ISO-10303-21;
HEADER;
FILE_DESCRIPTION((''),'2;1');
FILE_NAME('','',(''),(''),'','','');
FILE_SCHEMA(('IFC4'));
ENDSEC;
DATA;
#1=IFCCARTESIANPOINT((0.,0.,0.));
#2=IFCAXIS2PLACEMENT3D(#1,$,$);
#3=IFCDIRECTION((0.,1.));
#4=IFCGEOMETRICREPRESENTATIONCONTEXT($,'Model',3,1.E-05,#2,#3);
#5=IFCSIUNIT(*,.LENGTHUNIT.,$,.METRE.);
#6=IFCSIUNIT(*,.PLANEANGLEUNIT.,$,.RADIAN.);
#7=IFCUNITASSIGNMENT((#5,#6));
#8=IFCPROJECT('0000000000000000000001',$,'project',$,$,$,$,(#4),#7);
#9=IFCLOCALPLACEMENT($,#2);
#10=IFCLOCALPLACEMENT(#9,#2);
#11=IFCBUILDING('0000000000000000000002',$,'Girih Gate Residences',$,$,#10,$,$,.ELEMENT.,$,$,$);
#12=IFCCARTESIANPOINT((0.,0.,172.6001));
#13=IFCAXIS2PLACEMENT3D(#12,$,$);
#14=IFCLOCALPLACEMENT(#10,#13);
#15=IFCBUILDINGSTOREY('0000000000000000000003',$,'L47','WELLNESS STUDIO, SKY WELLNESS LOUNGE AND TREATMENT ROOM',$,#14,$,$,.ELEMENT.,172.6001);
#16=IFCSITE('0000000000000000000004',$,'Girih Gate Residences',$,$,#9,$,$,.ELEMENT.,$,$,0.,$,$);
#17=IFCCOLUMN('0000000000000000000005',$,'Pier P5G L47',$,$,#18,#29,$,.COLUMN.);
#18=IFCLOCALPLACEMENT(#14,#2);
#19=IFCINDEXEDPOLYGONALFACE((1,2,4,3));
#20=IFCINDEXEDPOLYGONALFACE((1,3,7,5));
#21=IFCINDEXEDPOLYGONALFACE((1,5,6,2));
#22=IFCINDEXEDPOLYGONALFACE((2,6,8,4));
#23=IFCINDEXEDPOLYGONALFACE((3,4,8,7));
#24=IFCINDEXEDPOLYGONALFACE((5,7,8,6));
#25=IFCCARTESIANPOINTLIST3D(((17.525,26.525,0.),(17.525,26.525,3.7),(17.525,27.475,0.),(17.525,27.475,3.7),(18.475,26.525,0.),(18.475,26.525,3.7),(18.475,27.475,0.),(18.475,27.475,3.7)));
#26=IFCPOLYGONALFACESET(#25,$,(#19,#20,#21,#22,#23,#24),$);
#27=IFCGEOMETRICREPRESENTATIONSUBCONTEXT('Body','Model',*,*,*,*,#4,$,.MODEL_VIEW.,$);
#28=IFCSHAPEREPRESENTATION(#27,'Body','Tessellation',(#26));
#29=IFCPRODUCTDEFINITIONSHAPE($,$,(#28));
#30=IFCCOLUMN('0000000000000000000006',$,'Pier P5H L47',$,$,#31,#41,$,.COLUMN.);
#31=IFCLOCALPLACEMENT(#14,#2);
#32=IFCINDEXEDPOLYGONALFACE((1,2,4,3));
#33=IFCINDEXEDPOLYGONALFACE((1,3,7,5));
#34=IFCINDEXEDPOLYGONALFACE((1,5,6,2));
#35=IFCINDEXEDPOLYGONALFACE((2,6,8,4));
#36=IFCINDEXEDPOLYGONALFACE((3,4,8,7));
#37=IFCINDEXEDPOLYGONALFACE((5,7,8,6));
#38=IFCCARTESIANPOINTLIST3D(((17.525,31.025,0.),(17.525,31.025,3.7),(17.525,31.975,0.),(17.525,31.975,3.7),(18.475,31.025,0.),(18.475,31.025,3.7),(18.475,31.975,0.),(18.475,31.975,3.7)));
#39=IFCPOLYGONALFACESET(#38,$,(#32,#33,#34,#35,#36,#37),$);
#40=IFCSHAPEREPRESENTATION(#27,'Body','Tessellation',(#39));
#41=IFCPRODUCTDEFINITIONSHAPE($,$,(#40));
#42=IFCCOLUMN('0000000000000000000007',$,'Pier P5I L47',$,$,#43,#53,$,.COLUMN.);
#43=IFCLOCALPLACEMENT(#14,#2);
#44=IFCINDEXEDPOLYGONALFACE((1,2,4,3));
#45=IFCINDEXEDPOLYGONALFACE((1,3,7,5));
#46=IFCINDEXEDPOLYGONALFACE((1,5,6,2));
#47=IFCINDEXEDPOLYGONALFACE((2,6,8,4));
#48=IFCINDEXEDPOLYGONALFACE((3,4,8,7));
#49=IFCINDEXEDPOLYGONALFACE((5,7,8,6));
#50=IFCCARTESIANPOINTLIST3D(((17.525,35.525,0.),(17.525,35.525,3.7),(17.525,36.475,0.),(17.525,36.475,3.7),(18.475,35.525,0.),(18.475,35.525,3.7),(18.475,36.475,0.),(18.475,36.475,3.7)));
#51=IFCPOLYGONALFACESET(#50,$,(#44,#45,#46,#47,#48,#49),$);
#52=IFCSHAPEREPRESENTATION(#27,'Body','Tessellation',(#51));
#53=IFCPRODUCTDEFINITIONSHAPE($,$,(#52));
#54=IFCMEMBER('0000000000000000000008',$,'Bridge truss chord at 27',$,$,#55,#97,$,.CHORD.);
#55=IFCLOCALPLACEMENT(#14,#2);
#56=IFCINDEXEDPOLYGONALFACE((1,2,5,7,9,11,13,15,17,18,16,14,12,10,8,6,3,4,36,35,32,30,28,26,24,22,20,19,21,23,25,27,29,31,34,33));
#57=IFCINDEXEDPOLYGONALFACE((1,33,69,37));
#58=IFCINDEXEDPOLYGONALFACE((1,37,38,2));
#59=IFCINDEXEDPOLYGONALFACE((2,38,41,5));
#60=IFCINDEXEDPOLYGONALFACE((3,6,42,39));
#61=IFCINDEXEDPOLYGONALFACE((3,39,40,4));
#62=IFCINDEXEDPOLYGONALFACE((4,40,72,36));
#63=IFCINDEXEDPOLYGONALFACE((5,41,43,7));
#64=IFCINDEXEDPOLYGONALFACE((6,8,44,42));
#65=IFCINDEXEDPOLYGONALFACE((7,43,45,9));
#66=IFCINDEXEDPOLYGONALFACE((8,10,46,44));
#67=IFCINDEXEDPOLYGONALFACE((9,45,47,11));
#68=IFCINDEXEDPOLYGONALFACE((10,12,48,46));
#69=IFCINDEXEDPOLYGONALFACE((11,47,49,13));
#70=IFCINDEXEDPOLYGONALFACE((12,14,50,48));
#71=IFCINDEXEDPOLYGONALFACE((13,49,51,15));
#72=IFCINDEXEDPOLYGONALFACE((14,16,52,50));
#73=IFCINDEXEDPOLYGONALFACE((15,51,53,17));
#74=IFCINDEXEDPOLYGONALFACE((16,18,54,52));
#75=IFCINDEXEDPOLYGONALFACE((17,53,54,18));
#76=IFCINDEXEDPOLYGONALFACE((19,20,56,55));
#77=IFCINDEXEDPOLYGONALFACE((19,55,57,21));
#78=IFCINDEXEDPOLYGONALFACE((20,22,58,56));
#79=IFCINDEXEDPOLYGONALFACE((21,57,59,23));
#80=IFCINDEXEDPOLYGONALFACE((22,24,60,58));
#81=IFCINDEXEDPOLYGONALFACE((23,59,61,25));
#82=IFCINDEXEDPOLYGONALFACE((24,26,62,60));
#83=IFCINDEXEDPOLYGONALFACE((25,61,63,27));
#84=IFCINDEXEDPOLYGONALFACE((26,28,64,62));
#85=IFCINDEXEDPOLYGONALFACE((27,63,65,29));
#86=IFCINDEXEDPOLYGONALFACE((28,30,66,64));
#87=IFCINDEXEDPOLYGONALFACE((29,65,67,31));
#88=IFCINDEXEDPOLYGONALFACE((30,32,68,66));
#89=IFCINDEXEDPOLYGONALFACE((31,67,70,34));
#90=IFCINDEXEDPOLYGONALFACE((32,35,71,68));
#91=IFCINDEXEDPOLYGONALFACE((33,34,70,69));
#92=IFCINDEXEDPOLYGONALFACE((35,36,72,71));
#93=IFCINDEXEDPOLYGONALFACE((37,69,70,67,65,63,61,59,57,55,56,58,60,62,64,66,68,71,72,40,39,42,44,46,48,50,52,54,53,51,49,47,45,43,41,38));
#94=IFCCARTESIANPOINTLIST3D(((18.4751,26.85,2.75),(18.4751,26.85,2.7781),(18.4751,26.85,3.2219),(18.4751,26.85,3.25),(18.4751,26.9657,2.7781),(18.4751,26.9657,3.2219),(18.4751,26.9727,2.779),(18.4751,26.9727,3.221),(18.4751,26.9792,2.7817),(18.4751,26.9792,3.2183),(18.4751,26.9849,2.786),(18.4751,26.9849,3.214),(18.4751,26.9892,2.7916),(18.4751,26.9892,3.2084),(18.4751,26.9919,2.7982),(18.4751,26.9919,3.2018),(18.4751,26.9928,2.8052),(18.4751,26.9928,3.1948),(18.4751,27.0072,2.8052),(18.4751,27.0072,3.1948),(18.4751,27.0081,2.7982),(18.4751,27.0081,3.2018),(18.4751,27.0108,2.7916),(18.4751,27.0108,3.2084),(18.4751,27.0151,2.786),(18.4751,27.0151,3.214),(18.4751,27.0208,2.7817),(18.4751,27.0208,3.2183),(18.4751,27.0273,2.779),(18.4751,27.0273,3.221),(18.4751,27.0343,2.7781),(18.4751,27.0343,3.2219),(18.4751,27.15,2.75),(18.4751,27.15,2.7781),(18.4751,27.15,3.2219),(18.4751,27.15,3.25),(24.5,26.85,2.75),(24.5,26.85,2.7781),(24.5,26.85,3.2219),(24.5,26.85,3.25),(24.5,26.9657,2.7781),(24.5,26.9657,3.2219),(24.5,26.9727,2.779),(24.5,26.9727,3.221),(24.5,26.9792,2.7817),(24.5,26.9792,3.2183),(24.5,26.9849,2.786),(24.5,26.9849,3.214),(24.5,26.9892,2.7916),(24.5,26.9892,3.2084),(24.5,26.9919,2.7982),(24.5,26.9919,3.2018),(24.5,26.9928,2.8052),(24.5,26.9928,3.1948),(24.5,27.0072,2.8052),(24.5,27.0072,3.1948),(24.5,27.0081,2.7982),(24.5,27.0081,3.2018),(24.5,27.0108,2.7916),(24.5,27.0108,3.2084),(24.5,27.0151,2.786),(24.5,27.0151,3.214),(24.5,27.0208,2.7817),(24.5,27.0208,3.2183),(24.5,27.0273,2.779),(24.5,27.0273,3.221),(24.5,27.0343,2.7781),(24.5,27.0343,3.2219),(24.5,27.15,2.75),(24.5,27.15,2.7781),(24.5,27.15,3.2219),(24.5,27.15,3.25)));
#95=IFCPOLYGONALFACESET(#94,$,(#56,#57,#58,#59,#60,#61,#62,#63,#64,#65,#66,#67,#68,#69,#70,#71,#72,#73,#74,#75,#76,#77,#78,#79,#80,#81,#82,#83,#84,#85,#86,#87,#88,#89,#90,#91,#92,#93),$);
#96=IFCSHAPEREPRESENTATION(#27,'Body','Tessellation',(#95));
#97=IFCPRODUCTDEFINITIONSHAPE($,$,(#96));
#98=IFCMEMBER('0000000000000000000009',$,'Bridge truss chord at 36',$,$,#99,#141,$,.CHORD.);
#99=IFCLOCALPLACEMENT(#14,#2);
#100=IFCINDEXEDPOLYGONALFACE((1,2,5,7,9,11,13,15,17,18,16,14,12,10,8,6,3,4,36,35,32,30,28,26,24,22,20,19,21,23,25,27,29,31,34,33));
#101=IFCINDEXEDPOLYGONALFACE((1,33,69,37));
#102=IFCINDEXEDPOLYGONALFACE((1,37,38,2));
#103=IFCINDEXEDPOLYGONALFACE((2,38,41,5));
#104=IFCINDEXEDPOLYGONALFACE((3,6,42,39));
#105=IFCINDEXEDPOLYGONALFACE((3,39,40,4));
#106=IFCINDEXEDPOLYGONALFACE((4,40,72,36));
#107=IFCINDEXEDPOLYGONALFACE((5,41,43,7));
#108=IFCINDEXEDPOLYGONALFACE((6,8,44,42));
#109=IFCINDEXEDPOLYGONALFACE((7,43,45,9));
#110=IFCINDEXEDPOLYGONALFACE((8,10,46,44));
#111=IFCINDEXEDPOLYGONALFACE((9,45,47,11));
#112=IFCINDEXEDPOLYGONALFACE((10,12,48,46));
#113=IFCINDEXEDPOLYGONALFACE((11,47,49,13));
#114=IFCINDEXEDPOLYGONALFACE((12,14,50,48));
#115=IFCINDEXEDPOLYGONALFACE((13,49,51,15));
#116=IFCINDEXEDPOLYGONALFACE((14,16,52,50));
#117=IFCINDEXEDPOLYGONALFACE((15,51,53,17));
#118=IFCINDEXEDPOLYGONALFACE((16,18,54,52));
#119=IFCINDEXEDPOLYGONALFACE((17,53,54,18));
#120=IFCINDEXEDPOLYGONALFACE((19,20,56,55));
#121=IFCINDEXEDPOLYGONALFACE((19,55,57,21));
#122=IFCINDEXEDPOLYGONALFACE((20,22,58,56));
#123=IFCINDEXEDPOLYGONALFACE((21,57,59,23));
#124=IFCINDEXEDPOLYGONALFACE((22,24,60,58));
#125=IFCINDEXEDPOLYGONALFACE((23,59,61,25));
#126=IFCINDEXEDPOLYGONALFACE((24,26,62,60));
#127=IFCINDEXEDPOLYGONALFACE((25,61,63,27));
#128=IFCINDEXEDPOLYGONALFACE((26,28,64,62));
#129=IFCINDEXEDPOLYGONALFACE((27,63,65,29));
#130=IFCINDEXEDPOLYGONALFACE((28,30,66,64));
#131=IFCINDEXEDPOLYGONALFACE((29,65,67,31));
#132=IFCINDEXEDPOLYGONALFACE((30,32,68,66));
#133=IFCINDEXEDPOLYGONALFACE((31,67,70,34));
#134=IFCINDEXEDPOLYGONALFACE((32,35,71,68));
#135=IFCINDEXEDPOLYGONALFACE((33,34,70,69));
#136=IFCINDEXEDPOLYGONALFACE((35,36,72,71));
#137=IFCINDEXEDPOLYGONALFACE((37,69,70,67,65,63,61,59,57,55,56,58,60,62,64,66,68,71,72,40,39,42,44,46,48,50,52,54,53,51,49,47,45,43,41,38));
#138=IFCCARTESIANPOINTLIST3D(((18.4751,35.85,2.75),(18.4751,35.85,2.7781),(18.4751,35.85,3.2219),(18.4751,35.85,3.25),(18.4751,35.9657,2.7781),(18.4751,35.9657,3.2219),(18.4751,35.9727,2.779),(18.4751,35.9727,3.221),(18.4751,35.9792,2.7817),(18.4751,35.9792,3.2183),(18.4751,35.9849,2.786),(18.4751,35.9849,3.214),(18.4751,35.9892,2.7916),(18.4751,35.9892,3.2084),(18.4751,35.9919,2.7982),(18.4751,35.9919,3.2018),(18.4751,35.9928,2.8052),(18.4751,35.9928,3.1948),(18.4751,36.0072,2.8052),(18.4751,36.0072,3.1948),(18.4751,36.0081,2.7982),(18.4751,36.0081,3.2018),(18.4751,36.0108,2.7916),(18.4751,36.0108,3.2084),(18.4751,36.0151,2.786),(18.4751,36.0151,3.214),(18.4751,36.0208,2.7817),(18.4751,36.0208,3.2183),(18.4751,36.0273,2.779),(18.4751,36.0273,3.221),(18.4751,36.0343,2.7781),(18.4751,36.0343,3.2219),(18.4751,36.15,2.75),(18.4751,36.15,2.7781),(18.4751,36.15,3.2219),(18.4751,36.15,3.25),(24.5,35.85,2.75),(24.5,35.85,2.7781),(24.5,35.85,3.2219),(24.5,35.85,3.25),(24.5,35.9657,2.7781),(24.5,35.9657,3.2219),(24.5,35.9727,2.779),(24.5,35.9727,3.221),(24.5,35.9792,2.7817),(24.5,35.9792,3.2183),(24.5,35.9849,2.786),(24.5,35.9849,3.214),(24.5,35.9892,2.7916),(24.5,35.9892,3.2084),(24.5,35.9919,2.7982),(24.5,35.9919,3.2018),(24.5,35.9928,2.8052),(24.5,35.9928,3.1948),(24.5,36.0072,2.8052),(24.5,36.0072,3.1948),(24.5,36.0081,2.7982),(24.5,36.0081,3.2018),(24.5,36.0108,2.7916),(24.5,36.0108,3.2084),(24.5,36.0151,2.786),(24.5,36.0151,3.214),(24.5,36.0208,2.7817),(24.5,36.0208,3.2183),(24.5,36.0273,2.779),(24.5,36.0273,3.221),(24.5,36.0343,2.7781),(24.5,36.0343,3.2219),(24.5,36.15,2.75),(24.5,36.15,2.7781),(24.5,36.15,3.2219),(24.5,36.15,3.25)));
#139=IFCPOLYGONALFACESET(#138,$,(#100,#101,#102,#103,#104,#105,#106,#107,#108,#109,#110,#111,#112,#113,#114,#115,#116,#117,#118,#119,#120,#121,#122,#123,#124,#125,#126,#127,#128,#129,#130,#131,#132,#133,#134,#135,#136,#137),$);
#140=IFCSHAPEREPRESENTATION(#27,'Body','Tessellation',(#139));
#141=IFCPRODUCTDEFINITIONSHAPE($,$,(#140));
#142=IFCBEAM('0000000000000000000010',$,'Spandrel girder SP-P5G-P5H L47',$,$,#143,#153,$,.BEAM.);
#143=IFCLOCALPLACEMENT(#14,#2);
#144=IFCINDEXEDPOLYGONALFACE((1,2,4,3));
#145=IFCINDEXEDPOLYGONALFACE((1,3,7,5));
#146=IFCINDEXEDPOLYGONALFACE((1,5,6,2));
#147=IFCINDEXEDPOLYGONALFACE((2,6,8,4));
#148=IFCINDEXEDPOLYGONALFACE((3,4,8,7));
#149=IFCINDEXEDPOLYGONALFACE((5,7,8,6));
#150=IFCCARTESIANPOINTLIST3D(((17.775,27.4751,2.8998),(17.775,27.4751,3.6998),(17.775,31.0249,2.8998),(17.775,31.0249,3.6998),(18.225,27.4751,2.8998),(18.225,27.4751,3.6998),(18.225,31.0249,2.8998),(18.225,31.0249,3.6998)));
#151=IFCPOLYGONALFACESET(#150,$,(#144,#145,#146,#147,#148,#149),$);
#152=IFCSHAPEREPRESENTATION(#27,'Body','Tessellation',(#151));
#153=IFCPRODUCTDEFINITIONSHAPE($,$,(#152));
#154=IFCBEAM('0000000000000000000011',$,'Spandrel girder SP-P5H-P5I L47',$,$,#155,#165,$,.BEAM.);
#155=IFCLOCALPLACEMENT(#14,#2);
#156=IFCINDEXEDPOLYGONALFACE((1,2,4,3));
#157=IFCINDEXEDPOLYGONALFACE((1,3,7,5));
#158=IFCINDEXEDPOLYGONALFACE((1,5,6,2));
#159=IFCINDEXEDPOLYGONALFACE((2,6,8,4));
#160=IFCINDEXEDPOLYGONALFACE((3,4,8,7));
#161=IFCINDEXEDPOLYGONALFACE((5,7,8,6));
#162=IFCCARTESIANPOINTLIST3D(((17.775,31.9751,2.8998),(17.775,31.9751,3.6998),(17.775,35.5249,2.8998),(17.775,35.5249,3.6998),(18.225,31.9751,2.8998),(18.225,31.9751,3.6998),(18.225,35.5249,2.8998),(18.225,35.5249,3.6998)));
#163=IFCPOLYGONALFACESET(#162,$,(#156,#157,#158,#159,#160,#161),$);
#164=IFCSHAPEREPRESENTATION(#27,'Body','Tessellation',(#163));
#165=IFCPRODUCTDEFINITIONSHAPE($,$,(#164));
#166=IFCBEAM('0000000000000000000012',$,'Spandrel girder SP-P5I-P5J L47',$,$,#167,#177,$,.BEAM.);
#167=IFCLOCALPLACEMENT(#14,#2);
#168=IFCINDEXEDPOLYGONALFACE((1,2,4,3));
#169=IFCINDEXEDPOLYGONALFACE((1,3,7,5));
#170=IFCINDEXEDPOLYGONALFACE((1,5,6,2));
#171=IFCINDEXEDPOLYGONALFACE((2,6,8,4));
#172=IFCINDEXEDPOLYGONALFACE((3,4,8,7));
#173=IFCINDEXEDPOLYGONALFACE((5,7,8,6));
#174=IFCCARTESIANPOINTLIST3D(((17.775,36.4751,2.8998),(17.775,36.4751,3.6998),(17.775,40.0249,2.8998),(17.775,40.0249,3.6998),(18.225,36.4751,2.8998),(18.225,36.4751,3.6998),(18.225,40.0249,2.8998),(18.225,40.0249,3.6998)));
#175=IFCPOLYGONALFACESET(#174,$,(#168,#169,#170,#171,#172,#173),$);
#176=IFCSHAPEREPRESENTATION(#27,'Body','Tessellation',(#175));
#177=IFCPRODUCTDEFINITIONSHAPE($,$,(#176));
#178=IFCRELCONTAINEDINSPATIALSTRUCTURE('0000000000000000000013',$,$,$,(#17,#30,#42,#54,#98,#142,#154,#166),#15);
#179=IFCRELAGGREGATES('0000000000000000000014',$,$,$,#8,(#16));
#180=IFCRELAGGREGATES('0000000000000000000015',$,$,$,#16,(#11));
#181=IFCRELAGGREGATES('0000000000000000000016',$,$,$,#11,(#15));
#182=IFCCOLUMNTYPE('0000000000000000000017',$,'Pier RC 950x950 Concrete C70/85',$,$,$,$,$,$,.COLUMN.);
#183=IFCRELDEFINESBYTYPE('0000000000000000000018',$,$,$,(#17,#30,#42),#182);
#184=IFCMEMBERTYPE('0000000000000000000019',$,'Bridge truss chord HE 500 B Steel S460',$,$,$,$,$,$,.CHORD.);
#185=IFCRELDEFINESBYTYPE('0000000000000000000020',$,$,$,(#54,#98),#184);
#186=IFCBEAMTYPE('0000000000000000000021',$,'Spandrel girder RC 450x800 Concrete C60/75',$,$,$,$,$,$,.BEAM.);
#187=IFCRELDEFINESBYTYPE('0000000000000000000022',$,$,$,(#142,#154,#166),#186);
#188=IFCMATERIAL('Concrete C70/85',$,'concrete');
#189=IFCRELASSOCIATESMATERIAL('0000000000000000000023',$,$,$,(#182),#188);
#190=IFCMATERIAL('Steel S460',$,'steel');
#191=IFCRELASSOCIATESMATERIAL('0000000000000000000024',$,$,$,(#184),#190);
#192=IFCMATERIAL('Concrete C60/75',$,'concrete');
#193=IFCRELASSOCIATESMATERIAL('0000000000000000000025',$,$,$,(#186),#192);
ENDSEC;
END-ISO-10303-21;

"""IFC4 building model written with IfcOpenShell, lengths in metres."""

from ifc_helpers import new_model, si_unit, direction, frame, origin, origin_2d, place, context, subcontext, project, spatial, rectangle, i_section, extrude, material, material_profile, profile_set, type_object, element, save


model = new_model("IFC4")

# Units and contexts
model_context = context("Model", 3, precision=1e-05, world=origin(), true_north=direction((0.0, 1.0)))
body_context = subcontext(model_context, "Body", "Model", "MODEL_VIEW")
ifc_project = project(units=[si_unit("LENGTHUNIT", "METRE"), si_unit("PLANEANGLEUNIT", "RADIAN")], contexts=[model_context])

# Site, building, storey
site_placement = place(None, origin())
site = spatial("IfcSite", under=ifc_project, at=site_placement, Name="Girih Gate Residences", CompositionType="ELEMENT", RefElevation=0.0)
building_placement = place(site_placement, origin())
building = spatial("IfcBuilding", under=site, at=building_placement, Name="Girih Gate Residences", CompositionType="ELEMENT")
storey_placement = place(building_placement, frame((0.0, 0.0, 172.6001)))
storey = spatial("IfcBuildingStorey", under=building, at=storey_placement, Name="L47", Description="WELLNESS STUDIO, SKY WELLNESS LOUNGE AND TREATMENT ROOM", CompositionType="ELEMENT", Elevation=172.6001)

# Columns
ifc_material_1 = material(Name="Concrete C70/85", Category="concrete")
ifc_material_profile_1 = material_profile(ifc_material_1, rectangle(XDim=0.95, YDim=0.95, at=origin_2d()))
ifc_profile_set_1 = profile_set([ifc_material_profile_1], Name="Concrete C70/85")
column_type = type_object("IfcColumnType", Name="Pier RC 950x950 Concrete C70/85", PredefinedType="COLUMN", material=ifc_profile_set_1)
for number, where, z_axis, x_axis, name in (
    (1, (18.0, 27.0, 0.0), (0.0, 0.0, 1.0), (1.0, 0.0, 0.0), "Pier P5G L47"),
    (2, (18.0, 31.5, 0.0), (0.0, 0.0, 1.0), (1.0, 0.0, 0.0), "Pier P5H L47"),
    (3, (18.0, 36.0, 0.0), (0.0, 0.0, 1.0), (1.0, 0.0, 0.0), "Pier P5I L47"),
):
    element("IfcColumn", number, at=place(storey_placement, frame(where, z_axis=z_axis, x_axis=x_axis)), inside=storey, type_object=column_type, Name=name, PredefinedType="COLUMN", context=body_context, shape_type="SweptSolid", body=[
        extrude(rectangle(XDim=0.95, YDim=0.95, at=origin_2d()), origin(), (0.0, 0.0, 1.0), 3.7),
    ])

# Members
ifc_material_2 = material(Name="Steel S460", Category="steel")
ifc_material_profile_2 = material_profile(ifc_material_2, i_section(OverallWidth=0.3, OverallDepth=0.5, WebThickness=0.0144, FlangeThickness=0.0281, FilletRadius=0.0271, at=origin_2d()))
ifc_profile_set_2 = profile_set([ifc_material_profile_2], Name="Steel S460")
member_type = type_object("IfcMemberType", Name="Bridge truss chord HE 500 B Steel S460", PredefinedType="CHORD", material=ifc_profile_set_2)
for number, where, z_axis, x_axis, name in (
    (4, (18.4751, 27.0, 3.0), (1.0, 0.0, 0.0), (0.0, 1.0, 0.0), "Bridge truss chord at 27"),
    (5, (18.4751, 36.0, 3.0), (1.0, 0.0, 0.0), (0.0, 1.0, 0.0), "Bridge truss chord at 36"),
):
    element("IfcMember", number, at=place(storey_placement, frame(where, z_axis=z_axis, x_axis=x_axis)), inside=storey, type_object=member_type, Name=name, PredefinedType="CHORD", context=body_context, shape_type="SweptSolid", body=[
        extrude(i_section(OverallWidth=0.3, OverallDepth=0.5, WebThickness=0.0144, FlangeThickness=0.0281, FilletRadius=0.0271, at=origin_2d()), origin(), (0.0, 0.0, 1.0), 6.0249),
    ])

# Beams
ifc_material_3 = material(Name="Concrete C60/75", Category="concrete")
ifc_material_profile_3 = material_profile(ifc_material_3, rectangle(XDim=0.45, YDim=0.8, at=origin_2d()))
ifc_profile_set_3 = profile_set([ifc_material_profile_3], Name="Concrete C60/75")
beam_type = type_object("IfcBeamType", Name="Spandrel girder RC 450x800 Concrete C60/75", PredefinedType="BEAM", material=ifc_profile_set_3)
for number, where, z_axis, x_axis, name in (
    (6, (18.0, 27.4751, 3.2998), (0.0, 1.0, 0.0), (-1.0, 0.0, 0.0), "Spandrel girder SP-P5G-P5H L47"),
    (7, (18.0, 31.9751, 3.2998), (0.0, 1.0, 0.0), (-1.0, 0.0, 0.0), "Spandrel girder SP-P5H-P5I L47"),
    (8, (18.0, 36.4751, 3.2998), (0.0, 1.0, 0.0), (-1.0, 0.0, 0.0), "Spandrel girder SP-P5I-P5J L47"),
):
    element("IfcBeam", number, at=place(storey_placement, frame(where, z_axis=z_axis, x_axis=x_axis)), inside=storey, type_object=beam_type, Name=name, PredefinedType="BEAM", context=body_context, shape_type="SweptSolid", body=[
        extrude(rectangle(XDim=0.45, YDim=0.8, at=origin_2d()), origin(), (0.0, 0.0, 1.0), 3.5498),
    ])

save(model, "model.ifc")
